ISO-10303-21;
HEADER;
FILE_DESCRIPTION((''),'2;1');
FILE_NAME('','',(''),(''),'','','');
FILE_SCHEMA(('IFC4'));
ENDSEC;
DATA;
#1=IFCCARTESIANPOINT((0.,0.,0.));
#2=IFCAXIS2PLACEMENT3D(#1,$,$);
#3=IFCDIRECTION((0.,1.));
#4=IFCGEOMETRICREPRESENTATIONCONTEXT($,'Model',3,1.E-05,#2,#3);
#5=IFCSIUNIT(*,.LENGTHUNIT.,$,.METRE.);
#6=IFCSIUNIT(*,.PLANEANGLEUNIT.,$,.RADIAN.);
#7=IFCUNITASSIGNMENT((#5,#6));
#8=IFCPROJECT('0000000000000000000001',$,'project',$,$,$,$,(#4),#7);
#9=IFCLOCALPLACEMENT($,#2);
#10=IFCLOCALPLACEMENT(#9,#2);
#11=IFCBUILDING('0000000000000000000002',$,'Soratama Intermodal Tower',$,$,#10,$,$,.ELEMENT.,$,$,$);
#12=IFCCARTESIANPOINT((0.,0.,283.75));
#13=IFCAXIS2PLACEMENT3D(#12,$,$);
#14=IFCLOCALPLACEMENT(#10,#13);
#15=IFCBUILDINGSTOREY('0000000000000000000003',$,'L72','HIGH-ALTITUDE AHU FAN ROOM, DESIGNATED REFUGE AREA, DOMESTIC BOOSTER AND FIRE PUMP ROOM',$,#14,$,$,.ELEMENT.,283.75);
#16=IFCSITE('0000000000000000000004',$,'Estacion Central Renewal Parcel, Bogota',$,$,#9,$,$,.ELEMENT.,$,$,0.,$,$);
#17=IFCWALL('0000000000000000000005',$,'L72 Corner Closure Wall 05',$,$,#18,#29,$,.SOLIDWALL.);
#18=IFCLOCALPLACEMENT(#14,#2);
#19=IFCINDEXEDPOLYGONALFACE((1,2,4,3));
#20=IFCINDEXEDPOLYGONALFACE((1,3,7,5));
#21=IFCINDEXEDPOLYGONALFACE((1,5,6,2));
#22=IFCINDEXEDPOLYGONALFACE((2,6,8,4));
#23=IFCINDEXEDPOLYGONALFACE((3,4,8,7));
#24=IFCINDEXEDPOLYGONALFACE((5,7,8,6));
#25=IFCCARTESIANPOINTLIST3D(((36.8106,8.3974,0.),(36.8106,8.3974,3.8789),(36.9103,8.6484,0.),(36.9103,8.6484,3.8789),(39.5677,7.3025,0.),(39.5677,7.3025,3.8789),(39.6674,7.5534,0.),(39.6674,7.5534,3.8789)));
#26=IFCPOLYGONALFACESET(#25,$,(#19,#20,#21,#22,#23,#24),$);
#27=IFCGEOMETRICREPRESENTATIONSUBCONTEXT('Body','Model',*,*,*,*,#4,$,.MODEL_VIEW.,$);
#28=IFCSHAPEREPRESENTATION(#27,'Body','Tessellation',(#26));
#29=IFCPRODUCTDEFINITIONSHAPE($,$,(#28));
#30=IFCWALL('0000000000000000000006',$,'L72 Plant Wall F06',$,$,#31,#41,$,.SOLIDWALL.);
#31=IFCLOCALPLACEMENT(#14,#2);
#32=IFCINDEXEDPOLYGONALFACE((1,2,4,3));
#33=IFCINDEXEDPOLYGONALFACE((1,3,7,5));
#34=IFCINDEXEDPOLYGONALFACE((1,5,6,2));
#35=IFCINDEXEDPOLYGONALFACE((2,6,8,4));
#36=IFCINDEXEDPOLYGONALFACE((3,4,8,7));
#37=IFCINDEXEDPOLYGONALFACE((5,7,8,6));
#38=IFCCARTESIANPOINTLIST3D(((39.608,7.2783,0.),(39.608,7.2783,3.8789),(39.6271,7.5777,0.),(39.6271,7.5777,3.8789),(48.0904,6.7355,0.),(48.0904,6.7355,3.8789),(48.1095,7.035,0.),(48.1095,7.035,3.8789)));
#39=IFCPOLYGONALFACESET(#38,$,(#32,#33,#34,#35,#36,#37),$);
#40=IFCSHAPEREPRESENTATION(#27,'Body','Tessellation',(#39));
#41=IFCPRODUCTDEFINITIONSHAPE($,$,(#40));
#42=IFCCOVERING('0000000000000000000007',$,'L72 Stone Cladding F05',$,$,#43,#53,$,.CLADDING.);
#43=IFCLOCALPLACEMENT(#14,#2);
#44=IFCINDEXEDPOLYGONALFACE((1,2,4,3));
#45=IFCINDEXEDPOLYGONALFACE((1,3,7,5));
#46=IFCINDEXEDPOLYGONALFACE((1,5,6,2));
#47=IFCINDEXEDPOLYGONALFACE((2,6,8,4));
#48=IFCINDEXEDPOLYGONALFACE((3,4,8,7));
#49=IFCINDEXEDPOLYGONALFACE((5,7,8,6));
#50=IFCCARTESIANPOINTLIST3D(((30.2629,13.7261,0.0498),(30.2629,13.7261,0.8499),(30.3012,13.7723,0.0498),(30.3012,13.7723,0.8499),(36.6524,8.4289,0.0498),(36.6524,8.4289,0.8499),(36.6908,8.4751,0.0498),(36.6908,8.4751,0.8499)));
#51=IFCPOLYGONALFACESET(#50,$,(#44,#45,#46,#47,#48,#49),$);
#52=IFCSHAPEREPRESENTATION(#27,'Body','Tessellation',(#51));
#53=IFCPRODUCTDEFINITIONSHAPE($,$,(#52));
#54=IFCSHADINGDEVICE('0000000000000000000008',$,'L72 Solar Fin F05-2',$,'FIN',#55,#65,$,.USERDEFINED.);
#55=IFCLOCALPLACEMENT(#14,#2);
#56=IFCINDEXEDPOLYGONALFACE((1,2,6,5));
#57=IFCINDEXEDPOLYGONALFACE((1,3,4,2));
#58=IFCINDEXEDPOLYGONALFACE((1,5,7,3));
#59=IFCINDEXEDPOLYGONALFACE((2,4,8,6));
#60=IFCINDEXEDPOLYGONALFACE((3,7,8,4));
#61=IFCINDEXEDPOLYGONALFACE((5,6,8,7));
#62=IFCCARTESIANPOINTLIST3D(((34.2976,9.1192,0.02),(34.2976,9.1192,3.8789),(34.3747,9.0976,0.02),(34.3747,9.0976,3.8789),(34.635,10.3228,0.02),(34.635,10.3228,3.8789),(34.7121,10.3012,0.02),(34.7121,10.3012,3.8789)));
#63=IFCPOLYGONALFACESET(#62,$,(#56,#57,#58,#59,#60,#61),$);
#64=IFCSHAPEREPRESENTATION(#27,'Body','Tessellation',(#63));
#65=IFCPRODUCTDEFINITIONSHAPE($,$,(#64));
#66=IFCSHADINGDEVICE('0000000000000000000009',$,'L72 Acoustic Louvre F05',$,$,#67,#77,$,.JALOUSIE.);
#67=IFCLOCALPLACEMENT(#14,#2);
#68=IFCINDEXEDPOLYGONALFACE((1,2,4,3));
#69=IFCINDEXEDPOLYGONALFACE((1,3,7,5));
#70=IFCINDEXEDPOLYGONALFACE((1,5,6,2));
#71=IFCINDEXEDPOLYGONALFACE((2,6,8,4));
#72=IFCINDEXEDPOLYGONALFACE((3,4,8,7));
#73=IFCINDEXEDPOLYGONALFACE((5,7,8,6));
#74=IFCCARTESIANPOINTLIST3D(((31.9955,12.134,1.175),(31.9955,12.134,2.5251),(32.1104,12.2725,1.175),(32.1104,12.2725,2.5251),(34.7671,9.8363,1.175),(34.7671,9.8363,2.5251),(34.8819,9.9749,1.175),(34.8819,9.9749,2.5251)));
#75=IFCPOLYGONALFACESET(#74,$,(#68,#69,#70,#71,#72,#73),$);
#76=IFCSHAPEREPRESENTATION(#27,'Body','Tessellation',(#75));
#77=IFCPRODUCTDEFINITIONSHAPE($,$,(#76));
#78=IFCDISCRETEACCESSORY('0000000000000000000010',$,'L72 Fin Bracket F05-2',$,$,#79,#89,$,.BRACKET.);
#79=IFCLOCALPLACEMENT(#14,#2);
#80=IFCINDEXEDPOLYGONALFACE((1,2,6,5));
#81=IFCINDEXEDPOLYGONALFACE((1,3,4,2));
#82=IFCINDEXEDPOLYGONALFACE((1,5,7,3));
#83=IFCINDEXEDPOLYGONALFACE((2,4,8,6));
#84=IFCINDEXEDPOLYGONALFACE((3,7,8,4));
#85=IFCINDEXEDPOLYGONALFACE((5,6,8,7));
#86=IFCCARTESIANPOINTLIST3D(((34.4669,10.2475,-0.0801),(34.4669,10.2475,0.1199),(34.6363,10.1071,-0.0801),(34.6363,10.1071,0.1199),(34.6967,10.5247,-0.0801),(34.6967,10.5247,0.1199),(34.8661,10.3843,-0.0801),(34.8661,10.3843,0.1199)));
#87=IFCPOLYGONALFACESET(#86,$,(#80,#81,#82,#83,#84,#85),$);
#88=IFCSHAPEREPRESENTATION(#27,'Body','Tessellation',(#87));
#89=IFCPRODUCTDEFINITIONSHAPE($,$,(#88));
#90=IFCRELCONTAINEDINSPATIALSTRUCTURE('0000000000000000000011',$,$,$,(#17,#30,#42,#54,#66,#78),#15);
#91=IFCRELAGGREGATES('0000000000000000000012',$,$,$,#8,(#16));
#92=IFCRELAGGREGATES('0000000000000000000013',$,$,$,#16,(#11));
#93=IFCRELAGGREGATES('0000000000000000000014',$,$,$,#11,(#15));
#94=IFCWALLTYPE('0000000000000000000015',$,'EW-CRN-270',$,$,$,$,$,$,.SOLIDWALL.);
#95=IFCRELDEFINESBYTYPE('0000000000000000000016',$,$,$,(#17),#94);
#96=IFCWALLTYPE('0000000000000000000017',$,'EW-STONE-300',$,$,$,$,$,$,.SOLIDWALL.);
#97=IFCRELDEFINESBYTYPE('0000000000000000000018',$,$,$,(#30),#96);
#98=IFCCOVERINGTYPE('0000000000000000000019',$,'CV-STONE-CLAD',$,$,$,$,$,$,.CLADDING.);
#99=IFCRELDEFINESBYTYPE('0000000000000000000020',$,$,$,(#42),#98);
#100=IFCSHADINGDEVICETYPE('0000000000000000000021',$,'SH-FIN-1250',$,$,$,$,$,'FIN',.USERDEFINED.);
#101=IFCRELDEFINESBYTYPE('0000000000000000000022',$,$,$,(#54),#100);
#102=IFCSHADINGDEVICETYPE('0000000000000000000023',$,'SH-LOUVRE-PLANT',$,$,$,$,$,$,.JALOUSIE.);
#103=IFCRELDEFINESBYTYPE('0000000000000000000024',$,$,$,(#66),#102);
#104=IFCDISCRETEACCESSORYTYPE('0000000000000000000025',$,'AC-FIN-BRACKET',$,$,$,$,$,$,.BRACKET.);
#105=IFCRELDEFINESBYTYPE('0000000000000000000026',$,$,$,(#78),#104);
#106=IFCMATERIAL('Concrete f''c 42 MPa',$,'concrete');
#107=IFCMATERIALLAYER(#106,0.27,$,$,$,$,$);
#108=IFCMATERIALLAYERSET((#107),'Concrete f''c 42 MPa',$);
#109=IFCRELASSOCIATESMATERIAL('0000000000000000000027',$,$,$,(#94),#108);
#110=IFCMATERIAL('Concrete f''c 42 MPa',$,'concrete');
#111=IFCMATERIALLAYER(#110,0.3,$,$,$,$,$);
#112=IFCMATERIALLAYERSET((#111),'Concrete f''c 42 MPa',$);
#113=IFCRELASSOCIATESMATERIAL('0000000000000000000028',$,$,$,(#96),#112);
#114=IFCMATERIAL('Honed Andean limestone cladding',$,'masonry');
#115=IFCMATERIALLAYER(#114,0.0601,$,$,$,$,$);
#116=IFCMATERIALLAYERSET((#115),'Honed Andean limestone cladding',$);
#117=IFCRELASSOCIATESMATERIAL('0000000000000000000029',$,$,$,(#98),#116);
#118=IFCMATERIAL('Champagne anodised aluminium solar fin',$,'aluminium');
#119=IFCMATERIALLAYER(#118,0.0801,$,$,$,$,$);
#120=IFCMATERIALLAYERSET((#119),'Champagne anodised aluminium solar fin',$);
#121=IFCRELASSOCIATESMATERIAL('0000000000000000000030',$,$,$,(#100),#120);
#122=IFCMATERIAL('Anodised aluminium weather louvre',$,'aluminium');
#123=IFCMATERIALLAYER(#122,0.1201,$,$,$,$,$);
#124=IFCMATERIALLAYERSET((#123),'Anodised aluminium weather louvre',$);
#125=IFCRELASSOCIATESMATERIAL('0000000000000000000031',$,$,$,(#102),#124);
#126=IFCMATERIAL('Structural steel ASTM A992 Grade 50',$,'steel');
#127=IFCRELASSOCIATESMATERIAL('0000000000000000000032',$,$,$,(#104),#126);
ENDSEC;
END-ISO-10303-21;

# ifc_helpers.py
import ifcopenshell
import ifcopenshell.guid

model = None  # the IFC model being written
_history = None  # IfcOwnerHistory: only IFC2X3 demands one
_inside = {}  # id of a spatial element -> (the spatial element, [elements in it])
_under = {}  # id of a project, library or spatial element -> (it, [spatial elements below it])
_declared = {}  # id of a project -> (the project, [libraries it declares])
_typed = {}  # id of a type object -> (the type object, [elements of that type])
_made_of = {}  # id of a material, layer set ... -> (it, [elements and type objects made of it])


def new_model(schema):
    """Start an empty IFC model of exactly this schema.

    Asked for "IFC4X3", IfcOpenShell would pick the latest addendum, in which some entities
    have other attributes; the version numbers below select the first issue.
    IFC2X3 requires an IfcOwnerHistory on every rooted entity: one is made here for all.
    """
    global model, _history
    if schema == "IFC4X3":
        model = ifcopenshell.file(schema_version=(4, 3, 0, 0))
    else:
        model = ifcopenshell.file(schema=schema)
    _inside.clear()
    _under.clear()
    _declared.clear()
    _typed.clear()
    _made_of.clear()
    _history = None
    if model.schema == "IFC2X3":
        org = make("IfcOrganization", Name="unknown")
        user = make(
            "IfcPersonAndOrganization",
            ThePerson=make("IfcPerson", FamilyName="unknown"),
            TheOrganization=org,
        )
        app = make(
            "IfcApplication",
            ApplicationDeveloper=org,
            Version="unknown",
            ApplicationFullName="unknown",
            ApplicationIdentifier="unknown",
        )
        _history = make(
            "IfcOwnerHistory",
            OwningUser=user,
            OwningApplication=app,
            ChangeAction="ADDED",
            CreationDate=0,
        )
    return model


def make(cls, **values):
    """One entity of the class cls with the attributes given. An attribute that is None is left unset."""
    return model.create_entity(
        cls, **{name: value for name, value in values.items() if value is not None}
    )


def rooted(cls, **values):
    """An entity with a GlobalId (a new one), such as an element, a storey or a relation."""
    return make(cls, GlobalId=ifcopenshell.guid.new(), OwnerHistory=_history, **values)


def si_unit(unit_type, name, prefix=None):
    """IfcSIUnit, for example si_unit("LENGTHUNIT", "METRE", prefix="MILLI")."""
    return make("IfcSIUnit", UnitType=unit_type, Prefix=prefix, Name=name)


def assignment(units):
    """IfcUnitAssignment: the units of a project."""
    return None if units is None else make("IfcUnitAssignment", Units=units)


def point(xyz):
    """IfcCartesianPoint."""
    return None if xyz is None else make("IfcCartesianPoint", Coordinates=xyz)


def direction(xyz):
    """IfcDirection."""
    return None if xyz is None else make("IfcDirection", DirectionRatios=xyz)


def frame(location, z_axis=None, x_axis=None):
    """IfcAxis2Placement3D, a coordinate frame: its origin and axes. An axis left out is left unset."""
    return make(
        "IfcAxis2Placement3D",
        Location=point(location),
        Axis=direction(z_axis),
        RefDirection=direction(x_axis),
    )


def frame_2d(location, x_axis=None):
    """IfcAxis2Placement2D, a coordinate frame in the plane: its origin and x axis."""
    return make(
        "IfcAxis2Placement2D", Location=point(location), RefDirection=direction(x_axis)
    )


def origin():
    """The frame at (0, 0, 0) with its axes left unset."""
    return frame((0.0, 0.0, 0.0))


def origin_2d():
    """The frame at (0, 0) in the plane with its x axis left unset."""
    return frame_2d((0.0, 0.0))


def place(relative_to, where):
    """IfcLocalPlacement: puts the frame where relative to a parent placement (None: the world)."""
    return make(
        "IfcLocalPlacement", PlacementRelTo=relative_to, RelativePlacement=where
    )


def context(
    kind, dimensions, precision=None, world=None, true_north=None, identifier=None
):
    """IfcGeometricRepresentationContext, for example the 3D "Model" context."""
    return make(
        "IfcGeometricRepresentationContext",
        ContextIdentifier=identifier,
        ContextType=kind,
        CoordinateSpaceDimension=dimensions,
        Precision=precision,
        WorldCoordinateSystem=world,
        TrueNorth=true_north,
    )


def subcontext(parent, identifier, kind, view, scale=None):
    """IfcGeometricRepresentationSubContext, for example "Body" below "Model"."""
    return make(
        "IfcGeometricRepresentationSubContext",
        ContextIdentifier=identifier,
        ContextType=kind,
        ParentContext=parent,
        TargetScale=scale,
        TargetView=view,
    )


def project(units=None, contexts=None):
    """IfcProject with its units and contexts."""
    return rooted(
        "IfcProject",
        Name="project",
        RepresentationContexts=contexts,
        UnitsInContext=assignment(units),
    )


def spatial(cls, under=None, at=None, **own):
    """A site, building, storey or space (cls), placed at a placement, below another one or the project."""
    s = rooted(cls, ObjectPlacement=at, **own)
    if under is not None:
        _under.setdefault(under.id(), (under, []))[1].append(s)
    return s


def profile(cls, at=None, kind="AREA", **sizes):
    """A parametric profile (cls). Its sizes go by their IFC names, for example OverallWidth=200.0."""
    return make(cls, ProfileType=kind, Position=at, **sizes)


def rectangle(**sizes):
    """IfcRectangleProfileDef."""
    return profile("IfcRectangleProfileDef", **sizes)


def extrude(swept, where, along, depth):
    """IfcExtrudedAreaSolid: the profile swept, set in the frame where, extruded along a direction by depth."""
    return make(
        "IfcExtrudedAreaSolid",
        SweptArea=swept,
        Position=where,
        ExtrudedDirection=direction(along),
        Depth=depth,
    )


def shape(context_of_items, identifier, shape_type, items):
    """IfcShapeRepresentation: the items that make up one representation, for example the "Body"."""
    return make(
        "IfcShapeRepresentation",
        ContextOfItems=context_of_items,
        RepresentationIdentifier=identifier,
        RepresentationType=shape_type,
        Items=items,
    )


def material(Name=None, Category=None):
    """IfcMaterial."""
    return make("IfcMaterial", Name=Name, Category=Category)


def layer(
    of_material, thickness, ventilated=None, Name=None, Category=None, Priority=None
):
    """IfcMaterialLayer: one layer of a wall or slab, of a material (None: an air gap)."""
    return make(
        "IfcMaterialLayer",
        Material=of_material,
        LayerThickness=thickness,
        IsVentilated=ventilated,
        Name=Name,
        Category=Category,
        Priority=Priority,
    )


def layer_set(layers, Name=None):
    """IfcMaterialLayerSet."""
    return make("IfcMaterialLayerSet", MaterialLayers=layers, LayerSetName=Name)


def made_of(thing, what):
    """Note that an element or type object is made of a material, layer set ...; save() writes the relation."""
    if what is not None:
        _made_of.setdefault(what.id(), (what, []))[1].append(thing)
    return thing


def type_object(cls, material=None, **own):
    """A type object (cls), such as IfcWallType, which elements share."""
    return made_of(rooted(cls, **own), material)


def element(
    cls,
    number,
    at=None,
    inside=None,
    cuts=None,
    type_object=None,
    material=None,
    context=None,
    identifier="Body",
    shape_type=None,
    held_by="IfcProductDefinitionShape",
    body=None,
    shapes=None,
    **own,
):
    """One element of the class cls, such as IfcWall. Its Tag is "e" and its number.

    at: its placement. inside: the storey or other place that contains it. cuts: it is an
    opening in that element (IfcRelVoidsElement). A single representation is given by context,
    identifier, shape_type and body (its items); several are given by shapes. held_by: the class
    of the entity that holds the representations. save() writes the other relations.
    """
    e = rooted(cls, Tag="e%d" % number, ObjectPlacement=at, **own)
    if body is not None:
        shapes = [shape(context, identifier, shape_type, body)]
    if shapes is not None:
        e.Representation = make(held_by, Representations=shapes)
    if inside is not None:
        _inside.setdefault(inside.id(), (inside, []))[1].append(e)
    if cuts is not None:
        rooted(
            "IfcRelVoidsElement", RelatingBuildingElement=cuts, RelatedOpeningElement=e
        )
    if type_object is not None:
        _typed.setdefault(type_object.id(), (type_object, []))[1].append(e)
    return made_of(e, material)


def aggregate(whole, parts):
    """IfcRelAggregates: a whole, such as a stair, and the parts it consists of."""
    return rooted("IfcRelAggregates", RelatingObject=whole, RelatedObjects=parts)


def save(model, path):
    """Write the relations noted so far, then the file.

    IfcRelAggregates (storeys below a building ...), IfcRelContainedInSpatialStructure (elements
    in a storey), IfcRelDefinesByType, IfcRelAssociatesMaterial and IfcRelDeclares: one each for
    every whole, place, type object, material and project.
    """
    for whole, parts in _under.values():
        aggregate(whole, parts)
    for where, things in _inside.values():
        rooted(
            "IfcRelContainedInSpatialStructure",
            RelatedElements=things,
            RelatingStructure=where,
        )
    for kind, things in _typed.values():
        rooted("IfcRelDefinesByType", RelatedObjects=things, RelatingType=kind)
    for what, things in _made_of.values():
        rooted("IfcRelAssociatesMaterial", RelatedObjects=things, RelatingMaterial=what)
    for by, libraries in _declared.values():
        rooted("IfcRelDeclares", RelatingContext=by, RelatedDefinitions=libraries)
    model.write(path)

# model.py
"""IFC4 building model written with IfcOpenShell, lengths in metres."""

from ifc_helpers import new_model, si_unit, direction, frame, frame_2d, origin, origin_2d, place, context, subcontext, project, spatial, rectangle, extrude, material, layer, layer_set, type_object, element, save


model = new_model("IFC4")

# Units and contexts
model_context = context("Model", 3, precision=1e-05, world=origin(), true_north=direction((0.0, 1.0)))
body_context = subcontext(model_context, "Body", "Model", "MODEL_VIEW")
ifc_project = project(units=[si_unit("LENGTHUNIT", "METRE"), si_unit("PLANEANGLEUNIT", "RADIAN")], contexts=[model_context])

# Site, building, storey
site_placement = place(None, origin())
site = spatial("IfcSite", under=ifc_project, at=site_placement, Name="Estacion Central Renewal Parcel, Bogota", CompositionType="ELEMENT", RefElevation=0.0)
building_placement = place(site_placement, origin())
building = spatial("IfcBuilding", under=site, at=building_placement, Name="Soratama Intermodal Tower", CompositionType="ELEMENT")
storey_placement = place(building_placement, frame((0.0, 0.0, 283.75)))
storey = spatial("IfcBuildingStorey", under=building, at=storey_placement, Name="L72", Description="HIGH-ALTITUDE AHU FAN ROOM, DESIGNATED REFUGE AREA, DOMESTIC BOOSTER AND FIRE PUMP ROOM", CompositionType="ELEMENT", Elevation=283.75)

# Walls
ifc_material_1 = material(Name="Concrete f'c 42 MPa", Category="concrete")
ifc_layer_1 = layer(ifc_material_1, 0.27)
ifc_layer_set_1 = layer_set([ifc_layer_1], Name="Concrete f'c 42 MPa")
wall_type_1 = type_object("IfcWallType", Name="EW-CRN-270", PredefinedType="SOLIDWALL", material=ifc_layer_set_1)
wall_1_placement = place(storey_placement, frame((36.8604, 8.5229, 0.0), z_axis=(0.0, 0.0, 1.0), x_axis=(0.929388, -0.369105, 0.0)))
element("IfcWall", 1, at=wall_1_placement, inside=storey, type_object=wall_type_1, Name="L72 Corner Closure Wall 05", PredefinedType="SOLIDWALL", context=body_context, shape_type="SweptSolid", body=[
    extrude(rectangle(XDim=2.9666, YDim=0.27, at=frame_2d((1.4834, 0.0))), origin(), (0.0, 0.0, 1.0), 3.8789),
])
ifc_material_2 = material(Name="Concrete f'c 42 MPa", Category="concrete")
ifc_layer_2 = layer(ifc_material_2, 0.3)
ifc_layer_set_2 = layer_set([ifc_layer_2], Name="Concrete f'c 42 MPa")
wall_type_2 = type_object("IfcWallType", Name="EW-STONE-300", PredefinedType="SOLIDWALL", material=ifc_layer_set_2)
wall_2_placement = place(storey_placement, frame((39.6174, 7.428, 0.0), z_axis=(0.0, 0.0, 1.0), x_axis=(0.997959, -0.063852, 0.0)))
element("IfcWall", 2, at=wall_2_placement, inside=storey, type_object=wall_type_2, Name="L72 Plant Wall F06", PredefinedType="SOLIDWALL", context=body_context, shape_type="SweptSolid", body=[
    extrude(rectangle(XDim=8.4998, YDim=0.3, at=frame_2d((4.25, 0.0))), origin(), (0.0, 0.0, 1.0), 3.8789),
])

# Covering
ifc_material_3 = material(Name="Honed Andean limestone cladding", Category="masonry")
ifc_layer_3 = layer(ifc_material_3, 0.0601)
ifc_layer_set_3 = layer_set([ifc_layer_3], Name="Honed Andean limestone cladding")
covering_type = type_object("IfcCoveringType", Name="CV-STONE-CLAD", PredefinedType="CLADDING", material=ifc_layer_set_3)
covering_placement = place(storey_placement, frame((33.4768, 11.1006, 0.0498), z_axis=(0.0, 0.0, 1.0), x_axis=(0.769845, -0.638231, 0.0)))
element("IfcCovering", 3, at=covering_placement, inside=storey, type_object=covering_type, Name="L72 Stone Cladding F05", PredefinedType="CLADDING", context=body_context, shape_type="SweptSolid", body=[
    extrude(rectangle(XDim=8.2998, YDim=0.0601, at=origin_2d()), origin(), (0.0, 0.0, 1.0), 0.8),
])

# Shading devices
ifc_material_4 = material(Name="Champagne anodised aluminium solar fin", Category="aluminium")
ifc_layer_4 = layer(ifc_material_4, 0.0801)
ifc_layer_set_4 = layer_set([ifc_layer_4], Name="Champagne anodised aluminium solar fin")
shading_device_type_1 = type_object("IfcShadingDeviceType", Name="SH-FIN-1250", ElementType="FIN", PredefinedType="USERDEFINED", material=ifc_layer_set_4)
shading_device_1_placement = place(storey_placement, frame((34.5049, 9.7102, 0.02), z_axis=(0.0, 0.0, 1.0), x_axis=(-0.269928, -0.96288, 0.0)))
element("IfcShadingDevice", 4, at=shading_device_1_placement, inside=storey, type_object=shading_device_type_1, Name="L72 Solar Fin F05-2", ObjectType="FIN", PredefinedType="USERDEFINED", context=body_context, shape_type="SweptSolid", body=[
    extrude(rectangle(XDim=1.25, YDim=0.0801, at=origin_2d()), origin(), (0.0, 0.0, 1.0), 3.8589),
])
ifc_material_5 = material(Name="Anodised aluminium weather louvre", Category="aluminium")
ifc_layer_5 = layer(ifc_material_5, 0.1201)
ifc_layer_set_5 = layer_set([ifc_layer_5], Name="Anodised aluminium weather louvre")
shading_device_type_2 = type_object("IfcShadingDeviceType", Name="SH-LOUVRE-PLANT", PredefinedType="JALOUSIE", material=ifc_layer_set_5)
shading_device_2_placement = place(storey_placement, frame((33.4387, 11.0544, 1.175), z_axis=(0.0, 0.0, 1.0), x_axis=(0.769845, -0.638231, 0.0)))
element("IfcShadingDevice", 5, at=shading_device_2_placement, inside=storey, type_object=shading_device_type_2, Name="L72 Acoustic Louvre F05", PredefinedType="JALOUSIE", context=body_context, shape_type="SweptSolid", body=[
    extrude(rectangle(XDim=3.6001, YDim=0.1799, at=origin_2d()), origin(), (0.0, 0.0, 1.0), 1.3501),
])

# Discrete accessory
ifc_material_6 = material(Name="Structural steel ASTM A992 Grade 50", Category="steel")
discrete_accessory_type = type_object("IfcDiscreteAccessoryType", Name="AC-FIN-BRACKET", PredefinedType="BRACKET", material=ifc_material_6)
discrete_accessory_placement = place(storey_placement, frame((34.6665, 10.3159, -0.0801), z_axis=(0.0, 0.0, 1.0), x_axis=(-0.638231, -0.769845, 0.0)))
element("IfcDiscreteAccessory", 6, at=discrete_accessory_placement, inside=storey, type_object=discrete_accessory_type, Name="L72 Fin Bracket F05-2", PredefinedType="BRACKET", context=body_context, shape_type="SweptSolid", body=[
    extrude(rectangle(XDim=0.3601, YDim=0.22, at=origin_2d()), origin(), (0.0, 0.0, 1.0), 0.2),
])

save(model, "model.ifc")
